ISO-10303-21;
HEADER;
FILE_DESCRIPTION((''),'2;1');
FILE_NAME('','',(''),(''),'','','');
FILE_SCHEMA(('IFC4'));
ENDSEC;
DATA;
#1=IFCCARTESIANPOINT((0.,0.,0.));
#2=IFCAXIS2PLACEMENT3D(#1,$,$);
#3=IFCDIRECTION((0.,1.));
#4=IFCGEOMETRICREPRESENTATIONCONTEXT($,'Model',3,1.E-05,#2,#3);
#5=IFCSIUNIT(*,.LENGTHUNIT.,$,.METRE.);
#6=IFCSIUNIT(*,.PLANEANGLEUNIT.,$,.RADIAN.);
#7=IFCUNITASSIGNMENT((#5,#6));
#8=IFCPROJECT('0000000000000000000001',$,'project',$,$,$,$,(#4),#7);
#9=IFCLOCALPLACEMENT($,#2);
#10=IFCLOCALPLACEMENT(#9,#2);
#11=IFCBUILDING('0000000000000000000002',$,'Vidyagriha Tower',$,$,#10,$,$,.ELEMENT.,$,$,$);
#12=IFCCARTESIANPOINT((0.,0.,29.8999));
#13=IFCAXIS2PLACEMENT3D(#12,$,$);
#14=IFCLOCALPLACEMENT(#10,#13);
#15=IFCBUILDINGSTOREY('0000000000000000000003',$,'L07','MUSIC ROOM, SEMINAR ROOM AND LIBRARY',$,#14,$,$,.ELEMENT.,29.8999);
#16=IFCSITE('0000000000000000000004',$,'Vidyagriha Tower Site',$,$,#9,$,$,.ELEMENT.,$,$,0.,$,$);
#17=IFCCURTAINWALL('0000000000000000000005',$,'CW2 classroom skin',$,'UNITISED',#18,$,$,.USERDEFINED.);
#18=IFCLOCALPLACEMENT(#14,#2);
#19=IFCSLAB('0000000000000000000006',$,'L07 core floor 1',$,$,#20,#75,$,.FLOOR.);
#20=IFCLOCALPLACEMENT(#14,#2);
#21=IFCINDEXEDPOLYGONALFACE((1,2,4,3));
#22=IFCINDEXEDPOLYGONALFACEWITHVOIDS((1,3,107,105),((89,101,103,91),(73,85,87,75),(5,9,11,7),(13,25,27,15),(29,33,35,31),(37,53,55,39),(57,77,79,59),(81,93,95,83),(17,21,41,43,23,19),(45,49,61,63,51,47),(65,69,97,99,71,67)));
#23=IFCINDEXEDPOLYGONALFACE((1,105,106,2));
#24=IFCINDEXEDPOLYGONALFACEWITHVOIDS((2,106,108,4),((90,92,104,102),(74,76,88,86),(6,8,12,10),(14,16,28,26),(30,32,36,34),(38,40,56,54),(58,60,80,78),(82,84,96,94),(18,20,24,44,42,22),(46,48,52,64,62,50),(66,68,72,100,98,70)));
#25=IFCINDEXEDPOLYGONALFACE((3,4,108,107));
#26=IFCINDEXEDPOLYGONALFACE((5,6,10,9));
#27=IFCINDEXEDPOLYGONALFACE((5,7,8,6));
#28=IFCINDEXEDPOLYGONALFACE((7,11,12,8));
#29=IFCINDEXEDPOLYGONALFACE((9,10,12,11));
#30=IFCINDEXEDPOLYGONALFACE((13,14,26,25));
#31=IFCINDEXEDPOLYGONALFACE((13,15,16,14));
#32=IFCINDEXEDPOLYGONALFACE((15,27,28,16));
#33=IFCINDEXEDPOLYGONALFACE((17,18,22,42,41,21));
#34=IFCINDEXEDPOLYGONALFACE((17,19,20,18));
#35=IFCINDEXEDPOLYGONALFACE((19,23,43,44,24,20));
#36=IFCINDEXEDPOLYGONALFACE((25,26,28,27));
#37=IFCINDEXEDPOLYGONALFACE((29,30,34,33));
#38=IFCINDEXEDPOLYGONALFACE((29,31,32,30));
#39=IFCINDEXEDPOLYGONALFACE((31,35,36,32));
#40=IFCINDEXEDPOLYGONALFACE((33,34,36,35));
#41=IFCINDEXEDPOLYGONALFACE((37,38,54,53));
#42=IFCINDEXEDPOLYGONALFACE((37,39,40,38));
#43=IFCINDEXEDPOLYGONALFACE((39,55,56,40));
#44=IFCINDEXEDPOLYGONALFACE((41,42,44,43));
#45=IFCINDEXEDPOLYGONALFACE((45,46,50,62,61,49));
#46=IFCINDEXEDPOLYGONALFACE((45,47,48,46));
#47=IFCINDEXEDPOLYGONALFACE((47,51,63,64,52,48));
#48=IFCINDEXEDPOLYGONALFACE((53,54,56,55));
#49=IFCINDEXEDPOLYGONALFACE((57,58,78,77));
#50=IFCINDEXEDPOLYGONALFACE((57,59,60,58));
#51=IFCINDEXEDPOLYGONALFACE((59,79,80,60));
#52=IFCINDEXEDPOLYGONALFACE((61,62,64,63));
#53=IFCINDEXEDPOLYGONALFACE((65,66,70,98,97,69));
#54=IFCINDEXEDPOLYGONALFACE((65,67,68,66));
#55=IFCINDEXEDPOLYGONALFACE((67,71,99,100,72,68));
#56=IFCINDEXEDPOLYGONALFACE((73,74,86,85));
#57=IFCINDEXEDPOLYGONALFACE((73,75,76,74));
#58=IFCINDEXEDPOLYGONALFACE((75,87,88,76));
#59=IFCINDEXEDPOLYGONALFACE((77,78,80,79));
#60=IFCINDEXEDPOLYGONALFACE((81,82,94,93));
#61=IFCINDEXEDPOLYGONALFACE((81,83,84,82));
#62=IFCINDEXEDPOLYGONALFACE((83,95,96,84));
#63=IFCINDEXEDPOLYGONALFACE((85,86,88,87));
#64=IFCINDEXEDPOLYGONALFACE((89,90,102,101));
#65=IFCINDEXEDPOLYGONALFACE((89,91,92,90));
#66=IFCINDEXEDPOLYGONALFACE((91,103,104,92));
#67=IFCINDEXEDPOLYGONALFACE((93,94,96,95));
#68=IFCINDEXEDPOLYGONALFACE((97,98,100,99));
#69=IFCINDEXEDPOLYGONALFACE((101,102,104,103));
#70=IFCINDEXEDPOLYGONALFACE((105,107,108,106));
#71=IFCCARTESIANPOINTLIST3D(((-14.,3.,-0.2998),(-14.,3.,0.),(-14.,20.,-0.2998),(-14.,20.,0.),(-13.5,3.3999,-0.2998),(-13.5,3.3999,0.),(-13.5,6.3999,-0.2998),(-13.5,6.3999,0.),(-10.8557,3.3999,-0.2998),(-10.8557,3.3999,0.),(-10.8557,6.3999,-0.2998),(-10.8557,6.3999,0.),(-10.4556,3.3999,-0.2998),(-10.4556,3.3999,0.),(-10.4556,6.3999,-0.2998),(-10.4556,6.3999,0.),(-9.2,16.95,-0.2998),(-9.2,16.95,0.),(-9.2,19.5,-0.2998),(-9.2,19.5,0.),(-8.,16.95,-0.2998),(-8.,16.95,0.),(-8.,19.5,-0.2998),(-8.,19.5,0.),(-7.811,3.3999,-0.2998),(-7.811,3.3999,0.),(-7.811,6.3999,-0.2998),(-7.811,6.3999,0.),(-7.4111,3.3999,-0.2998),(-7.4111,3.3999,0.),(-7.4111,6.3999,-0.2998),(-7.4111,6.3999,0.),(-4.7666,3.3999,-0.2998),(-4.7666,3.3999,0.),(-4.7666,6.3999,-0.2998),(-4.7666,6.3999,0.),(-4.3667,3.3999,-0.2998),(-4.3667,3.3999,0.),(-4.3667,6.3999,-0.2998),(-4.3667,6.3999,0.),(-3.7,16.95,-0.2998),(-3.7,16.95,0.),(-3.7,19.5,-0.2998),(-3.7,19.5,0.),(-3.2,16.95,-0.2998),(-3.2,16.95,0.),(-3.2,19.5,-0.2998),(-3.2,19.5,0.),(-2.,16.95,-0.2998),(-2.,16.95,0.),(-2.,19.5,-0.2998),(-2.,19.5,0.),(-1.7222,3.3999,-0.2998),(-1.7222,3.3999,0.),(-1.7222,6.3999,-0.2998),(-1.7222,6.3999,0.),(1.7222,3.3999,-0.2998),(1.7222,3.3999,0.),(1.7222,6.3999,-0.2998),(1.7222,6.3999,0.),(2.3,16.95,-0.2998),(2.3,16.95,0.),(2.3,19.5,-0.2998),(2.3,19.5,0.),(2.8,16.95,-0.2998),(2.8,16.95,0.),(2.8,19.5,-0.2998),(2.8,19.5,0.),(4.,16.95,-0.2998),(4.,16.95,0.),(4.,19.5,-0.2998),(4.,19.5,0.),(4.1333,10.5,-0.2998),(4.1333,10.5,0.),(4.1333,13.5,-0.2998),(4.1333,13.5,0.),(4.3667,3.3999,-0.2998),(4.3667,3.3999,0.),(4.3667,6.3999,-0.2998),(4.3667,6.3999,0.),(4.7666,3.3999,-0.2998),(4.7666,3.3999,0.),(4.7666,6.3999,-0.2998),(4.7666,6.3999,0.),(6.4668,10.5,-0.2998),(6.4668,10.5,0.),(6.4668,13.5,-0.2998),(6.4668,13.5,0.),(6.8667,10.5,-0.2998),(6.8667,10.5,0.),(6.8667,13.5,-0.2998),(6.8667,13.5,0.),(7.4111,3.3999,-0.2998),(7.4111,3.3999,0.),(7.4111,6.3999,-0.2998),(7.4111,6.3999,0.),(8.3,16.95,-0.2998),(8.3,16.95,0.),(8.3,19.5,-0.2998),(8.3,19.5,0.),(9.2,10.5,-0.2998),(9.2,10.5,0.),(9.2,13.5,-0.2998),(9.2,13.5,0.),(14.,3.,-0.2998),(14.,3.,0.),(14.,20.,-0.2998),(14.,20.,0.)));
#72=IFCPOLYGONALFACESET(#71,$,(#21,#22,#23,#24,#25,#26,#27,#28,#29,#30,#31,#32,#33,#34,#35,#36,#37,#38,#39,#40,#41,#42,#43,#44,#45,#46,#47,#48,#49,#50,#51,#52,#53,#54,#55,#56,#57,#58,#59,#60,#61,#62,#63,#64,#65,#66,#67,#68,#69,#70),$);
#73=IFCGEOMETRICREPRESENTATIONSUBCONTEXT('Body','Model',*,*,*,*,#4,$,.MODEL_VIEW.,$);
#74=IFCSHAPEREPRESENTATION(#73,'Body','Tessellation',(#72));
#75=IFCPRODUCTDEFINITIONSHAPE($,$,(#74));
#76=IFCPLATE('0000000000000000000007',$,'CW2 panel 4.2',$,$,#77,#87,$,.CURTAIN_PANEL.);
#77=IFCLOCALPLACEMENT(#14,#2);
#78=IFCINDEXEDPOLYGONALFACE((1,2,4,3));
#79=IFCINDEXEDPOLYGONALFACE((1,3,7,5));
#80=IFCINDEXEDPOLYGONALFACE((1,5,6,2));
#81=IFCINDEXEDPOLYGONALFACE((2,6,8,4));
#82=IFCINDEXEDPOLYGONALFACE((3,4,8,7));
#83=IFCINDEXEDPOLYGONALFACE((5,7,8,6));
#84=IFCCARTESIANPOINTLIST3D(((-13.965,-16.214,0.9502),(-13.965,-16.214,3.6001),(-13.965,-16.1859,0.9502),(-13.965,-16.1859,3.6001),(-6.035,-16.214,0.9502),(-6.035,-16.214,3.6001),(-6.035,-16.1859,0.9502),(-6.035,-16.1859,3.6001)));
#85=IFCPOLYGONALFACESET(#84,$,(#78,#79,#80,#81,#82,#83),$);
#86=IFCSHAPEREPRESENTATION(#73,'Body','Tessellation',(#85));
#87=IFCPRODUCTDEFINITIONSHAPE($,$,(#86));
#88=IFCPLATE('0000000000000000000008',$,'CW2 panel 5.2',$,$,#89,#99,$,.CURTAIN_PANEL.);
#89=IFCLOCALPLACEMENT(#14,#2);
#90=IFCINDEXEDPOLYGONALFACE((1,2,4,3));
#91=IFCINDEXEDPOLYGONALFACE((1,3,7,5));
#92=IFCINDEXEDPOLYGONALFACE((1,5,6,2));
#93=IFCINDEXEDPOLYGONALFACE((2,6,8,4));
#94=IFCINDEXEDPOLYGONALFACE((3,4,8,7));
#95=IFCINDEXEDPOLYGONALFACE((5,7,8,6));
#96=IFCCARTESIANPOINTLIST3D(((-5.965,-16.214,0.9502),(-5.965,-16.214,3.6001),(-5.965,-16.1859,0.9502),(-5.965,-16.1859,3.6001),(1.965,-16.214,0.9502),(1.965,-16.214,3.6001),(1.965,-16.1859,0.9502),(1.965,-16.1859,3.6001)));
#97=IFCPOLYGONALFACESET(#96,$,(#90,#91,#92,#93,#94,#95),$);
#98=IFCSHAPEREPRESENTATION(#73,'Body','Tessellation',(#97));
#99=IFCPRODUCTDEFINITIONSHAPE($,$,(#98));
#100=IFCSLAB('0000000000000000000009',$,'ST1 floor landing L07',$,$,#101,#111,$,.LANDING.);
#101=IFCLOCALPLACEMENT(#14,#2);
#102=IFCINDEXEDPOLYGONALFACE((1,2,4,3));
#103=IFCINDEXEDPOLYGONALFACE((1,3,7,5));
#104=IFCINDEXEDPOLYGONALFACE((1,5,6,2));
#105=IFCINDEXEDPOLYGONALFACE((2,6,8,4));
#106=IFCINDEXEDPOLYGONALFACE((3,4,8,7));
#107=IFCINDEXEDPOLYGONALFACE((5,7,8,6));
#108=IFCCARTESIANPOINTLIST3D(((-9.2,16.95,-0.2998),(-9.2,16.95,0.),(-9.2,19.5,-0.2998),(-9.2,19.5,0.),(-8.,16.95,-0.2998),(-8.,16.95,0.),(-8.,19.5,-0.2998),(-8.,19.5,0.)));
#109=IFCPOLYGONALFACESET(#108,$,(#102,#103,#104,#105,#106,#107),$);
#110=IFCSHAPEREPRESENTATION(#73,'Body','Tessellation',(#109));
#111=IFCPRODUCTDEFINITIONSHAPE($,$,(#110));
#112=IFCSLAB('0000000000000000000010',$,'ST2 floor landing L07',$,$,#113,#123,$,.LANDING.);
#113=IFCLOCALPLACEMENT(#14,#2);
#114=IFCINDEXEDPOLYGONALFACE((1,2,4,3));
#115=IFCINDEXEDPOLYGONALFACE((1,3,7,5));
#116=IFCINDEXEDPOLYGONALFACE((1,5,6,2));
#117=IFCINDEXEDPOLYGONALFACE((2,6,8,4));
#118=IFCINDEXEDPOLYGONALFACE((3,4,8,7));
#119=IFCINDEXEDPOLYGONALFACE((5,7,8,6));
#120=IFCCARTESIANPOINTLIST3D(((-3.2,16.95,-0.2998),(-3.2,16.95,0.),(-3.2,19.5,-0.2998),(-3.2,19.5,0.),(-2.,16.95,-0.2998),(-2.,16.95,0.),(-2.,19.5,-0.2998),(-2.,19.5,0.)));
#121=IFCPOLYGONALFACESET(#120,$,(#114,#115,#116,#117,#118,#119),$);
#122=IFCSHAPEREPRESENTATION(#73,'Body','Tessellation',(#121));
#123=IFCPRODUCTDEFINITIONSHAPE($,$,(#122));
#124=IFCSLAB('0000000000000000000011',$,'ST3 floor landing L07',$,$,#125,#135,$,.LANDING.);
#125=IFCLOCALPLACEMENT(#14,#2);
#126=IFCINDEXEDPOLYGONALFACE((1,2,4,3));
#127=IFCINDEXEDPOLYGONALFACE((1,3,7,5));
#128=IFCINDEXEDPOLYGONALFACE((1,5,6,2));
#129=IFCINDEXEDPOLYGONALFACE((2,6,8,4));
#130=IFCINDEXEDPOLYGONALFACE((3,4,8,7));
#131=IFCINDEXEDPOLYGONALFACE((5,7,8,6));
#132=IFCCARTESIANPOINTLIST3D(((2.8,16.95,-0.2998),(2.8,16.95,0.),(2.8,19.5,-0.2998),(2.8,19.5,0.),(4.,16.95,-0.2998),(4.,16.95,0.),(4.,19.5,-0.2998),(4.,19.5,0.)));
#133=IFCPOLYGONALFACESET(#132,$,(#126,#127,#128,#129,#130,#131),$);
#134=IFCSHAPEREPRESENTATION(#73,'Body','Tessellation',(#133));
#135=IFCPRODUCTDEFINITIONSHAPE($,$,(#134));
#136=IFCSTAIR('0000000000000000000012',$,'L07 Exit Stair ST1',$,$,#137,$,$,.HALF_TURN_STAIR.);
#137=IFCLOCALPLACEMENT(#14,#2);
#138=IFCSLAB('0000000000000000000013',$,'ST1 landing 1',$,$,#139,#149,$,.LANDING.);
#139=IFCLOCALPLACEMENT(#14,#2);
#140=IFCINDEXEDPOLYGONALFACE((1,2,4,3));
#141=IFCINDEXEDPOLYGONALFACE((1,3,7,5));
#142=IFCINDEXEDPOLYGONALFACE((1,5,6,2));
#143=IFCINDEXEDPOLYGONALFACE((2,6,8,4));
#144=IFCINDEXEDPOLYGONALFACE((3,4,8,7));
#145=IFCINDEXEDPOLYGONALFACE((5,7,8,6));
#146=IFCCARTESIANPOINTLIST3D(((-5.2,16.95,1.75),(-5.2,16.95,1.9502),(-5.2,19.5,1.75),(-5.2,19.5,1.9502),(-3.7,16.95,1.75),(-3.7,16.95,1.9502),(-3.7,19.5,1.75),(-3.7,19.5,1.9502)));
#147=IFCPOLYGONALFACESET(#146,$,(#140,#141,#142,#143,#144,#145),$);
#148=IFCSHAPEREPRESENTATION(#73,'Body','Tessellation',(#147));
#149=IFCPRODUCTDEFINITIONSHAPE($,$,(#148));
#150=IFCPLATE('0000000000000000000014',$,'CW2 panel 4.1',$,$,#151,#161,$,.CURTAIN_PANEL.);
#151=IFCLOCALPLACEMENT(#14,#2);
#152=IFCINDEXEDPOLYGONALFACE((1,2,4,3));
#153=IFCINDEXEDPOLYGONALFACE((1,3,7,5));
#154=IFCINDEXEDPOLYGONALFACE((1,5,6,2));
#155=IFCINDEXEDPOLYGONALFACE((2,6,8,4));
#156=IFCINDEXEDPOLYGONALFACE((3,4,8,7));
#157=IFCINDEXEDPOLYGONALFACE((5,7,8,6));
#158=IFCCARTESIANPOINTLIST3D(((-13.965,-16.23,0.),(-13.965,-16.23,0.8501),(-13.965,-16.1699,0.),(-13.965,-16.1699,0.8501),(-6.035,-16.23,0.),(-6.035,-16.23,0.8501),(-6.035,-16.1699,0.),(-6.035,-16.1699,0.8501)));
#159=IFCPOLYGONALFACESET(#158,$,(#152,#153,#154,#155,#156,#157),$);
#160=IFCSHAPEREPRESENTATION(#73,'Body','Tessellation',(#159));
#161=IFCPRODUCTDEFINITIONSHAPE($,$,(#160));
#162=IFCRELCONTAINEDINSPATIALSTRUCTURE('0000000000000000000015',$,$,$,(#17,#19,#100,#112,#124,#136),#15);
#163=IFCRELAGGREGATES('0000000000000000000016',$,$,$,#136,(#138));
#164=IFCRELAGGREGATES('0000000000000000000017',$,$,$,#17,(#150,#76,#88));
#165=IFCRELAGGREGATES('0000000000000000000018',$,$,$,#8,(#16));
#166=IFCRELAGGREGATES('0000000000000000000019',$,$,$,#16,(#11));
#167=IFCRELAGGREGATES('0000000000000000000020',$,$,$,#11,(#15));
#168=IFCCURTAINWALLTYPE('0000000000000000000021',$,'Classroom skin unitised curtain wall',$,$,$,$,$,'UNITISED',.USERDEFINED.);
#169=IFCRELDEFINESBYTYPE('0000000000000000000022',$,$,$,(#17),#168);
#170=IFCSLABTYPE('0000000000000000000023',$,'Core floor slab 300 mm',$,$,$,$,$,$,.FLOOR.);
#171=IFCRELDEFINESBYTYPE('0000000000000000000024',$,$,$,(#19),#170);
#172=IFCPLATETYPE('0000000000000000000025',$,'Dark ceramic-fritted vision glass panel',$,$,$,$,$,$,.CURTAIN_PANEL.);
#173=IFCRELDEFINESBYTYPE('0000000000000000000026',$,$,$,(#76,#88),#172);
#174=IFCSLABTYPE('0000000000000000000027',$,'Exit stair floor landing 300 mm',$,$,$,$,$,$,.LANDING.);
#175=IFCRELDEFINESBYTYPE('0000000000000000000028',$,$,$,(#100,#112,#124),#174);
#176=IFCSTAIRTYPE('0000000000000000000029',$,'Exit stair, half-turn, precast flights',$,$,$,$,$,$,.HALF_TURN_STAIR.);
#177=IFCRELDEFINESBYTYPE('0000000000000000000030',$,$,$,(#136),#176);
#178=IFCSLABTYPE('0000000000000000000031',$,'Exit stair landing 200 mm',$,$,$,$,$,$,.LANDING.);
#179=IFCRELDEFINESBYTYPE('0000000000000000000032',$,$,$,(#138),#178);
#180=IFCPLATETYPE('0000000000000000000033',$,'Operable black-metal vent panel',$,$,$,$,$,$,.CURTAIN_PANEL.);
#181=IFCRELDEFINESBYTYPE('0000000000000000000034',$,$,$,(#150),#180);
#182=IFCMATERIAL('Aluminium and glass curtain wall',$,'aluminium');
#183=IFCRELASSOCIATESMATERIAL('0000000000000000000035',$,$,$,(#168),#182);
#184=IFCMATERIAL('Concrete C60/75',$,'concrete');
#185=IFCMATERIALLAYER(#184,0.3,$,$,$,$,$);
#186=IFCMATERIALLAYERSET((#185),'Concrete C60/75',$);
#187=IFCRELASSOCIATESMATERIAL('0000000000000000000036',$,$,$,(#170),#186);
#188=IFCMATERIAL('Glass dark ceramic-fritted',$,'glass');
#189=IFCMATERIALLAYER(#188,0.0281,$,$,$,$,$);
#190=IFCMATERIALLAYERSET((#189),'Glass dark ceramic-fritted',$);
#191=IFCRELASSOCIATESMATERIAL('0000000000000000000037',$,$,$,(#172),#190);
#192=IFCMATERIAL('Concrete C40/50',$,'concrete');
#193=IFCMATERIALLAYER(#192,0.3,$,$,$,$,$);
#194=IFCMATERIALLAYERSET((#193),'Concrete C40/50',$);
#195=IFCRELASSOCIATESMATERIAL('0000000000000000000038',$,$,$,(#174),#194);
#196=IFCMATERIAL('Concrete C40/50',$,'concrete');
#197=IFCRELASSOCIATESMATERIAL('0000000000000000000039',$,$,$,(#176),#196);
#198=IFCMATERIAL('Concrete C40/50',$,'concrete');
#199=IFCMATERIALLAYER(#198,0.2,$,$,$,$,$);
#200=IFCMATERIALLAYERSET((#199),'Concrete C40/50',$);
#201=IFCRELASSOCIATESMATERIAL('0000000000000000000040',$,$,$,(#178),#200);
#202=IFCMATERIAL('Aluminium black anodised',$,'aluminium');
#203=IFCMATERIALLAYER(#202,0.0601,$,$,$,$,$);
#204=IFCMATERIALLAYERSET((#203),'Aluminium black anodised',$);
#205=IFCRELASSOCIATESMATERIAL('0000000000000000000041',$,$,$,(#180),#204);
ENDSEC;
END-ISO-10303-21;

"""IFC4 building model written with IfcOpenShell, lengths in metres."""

from ifc_helpers import new_model, si_unit, direction, frame, origin, origin_2d, place, context, subcontext, project, spatial, polyline, rectangle, outline, extrude, material, layer, layer_set, type_object, element, aggregate, save


model = new_model("IFC4")

# Units and contexts
model_context = context("Model", 3, precision=1e-05, world=origin(), true_north=direction((0.0, 1.0)))
body_context = subcontext(model_context, "Body", "Model", "MODEL_VIEW")
ifc_project = project(units=[si_unit("LENGTHUNIT", "METRE"), si_unit("PLANEANGLEUNIT", "RADIAN")], contexts=[model_context])

# Site, building, storey
site_placement = place(None, origin())
site = spatial("IfcSite", under=ifc_project, at=site_placement, Name="Vidyagriha Tower Site", CompositionType="ELEMENT", RefElevation=0.0)
building_placement = place(site_placement, origin())
building = spatial("IfcBuilding", under=site, at=building_placement, Name="Vidyagriha Tower", CompositionType="ELEMENT")
storey_placement = place(building_placement, frame((0.0, 0.0, 29.8999)))
storey = spatial("IfcBuildingStorey", under=building, at=storey_placement, Name="L07", Description="MUSIC ROOM, SEMINAR ROOM AND LIBRARY", CompositionType="ELEMENT", Elevation=29.8999)

# Curtain wall
ifc_material_1 = material(Name="Aluminium and glass curtain wall", Category="aluminium")
curtain_wall_type = type_object("IfcCurtainWallType", Name="Classroom skin unitised curtain wall", ElementType="UNITISED", PredefinedType="USERDEFINED", material=ifc_material_1)
curtain_wall_placement = place(storey_placement, origin())
curtain_wall = element("IfcCurtainWall", 1, at=curtain_wall_placement, inside=storey, type_object=curtain_wall_type, Name="CW2 classroom skin", ObjectType="UNITISED", PredefinedType="USERDEFINED")

# Slab
ifc_material_2 = material(Name="Concrete C60/75", Category="concrete")
ifc_layer_1 = layer(ifc_material_2, 0.3)
ifc_layer_set_1 = layer_set([ifc_layer_1], Name="Concrete C60/75")
slab_type_1 = type_object("IfcSlabType", Name="Core floor slab 300 mm", PredefinedType="FLOOR", material=ifc_layer_set_1)
slab_1_placement = place(storey_placement, frame((0.0, 0.0, -0.2998)))
element("IfcSlab", 2, at=slab_1_placement, inside=storey, type_object=slab_type_1, Name="L07 core floor 1", PredefinedType="FLOOR", context=body_context, shape_type="SweptSolid", body=[
    extrude(outline(polyline([(-14.0, 3.0), (-14.0, 20.0), (14.0, 20.0), (14.0, 3.0), (-14.0, 3.0)]), holes=[polyline([(9.2, 13.5), (6.8667, 13.5), (6.8667, 10.5), (9.2, 10.5), (9.2, 13.5)]), polyline([(4.0, 19.5), (2.8, 19.5), (2.8, 16.95), (4.0, 16.95), (8.3, 16.95), (8.3, 19.5), (4.0, 19.5)]), polyline([(7.4111, 6.3999), (4.7666, 6.3999), (4.7666, 3.3999), (7.4111, 3.3999), (7.4111, 6.3999)]), polyline([(6.4668, 13.5), (4.1333, 13.5), (4.1333, 10.5), (6.4668, 10.5), (6.4668, 13.5)]), polyline([(1.7222, 6.3999), (1.7222, 3.3999), (4.3667, 3.3999), (4.3667, 6.3999), (1.7222, 6.3999)]), polyline([(-2.0, 16.95), (2.3, 16.95), (2.3, 19.5), (-2.0, 19.5), (-3.2, 19.5), (-3.2, 16.95), (-2.0, 16.95)]), polyline([(-1.7222, 6.3999), (-4.3667, 6.3999), (-4.3667, 3.3999), (-1.7222, 3.3999), (-1.7222, 6.3999)]), polyline([(-8.0, 19.5), (-9.2, 19.5), (-9.2, 16.95), (-8.0, 16.95), (-3.7, 16.95), (-3.7, 19.5), (-8.0, 19.5)]), polyline([(-4.7666, 6.3999), (-7.4111, 6.3999), (-7.4111, 3.3999), (-4.7666, 3.3999), (-4.7666, 6.3999)]), polyline([(-7.811, 6.3999), (-10.4556, 6.3999), (-10.4556, 3.3999), (-7.811, 3.3999), (-7.811, 6.3999)]), polyline([(-13.5, 6.3999), (-13.5, 3.3999), (-10.8557, 3.3999), (-10.8557, 6.3999), (-13.5, 6.3999)])]), origin(), (0.0, 0.0, 1.0), 0.2998),
])

# Plates
ifc_material_3 = material(Name="Glass dark ceramic-fritted", Category="glass")
ifc_layer_2 = layer(ifc_material_3, 0.0281)
ifc_layer_set_2 = layer_set([ifc_layer_2], Name="Glass dark ceramic-fritted")
plate_type_1 = type_object("IfcPlateType", Name="Dark ceramic-fritted vision glass panel", PredefinedType="CURTAIN_PANEL", material=ifc_layer_set_2)
plate_1_placement = place(storey_placement, frame((-10.0, -16.2, 0.9502)))
plate_1 = element("IfcPlate", 3, at=plate_1_placement, type_object=plate_type_1, Name="CW2 panel 4.2", PredefinedType="CURTAIN_PANEL", context=body_context, shape_type="SweptSolid", body=[
    extrude(rectangle(XDim=7.9299, YDim=0.0281, at=origin_2d()), origin(), (0.0, 0.0, 1.0), 2.6499),
])
plate_2_placement = place(storey_placement, frame((-2.0, -16.2, 0.9502)))
plate_2 = element("IfcPlate", 4, at=plate_2_placement, type_object=plate_type_1, Name="CW2 panel 5.2", PredefinedType="CURTAIN_PANEL", context=body_context, shape_type="SweptSolid", body=[
    extrude(rectangle(XDim=7.9299, YDim=0.0281, at=origin_2d()), origin(), (0.0, 0.0, 1.0), 2.6499),
])

# Slabs
ifc_material_4 = material(Name="Concrete C40/50", Category="concrete")
ifc_layer_3 = layer(ifc_material_4, 0.3)
ifc_layer_set_3 = layer_set([ifc_layer_3], Name="Concrete C40/50")
slab_type_2 = type_object("IfcSlabType", Name="Exit stair floor landing 300 mm", PredefinedType="LANDING", material=ifc_layer_set_3)
slab_2_placement = place(storey_placement, frame((0.0, 0.0, -0.2998)))
element("IfcSlab", 5, at=slab_2_placement, inside=storey, type_object=slab_type_2, Name="ST1 floor landing L07", PredefinedType="LANDING", context=body_context, shape_type="SweptSolid", body=[
    extrude(outline(polyline([(-9.2, 16.95), (-8.0, 16.95), (-8.0, 19.5), (-9.2, 19.5), (-9.2, 16.95)])), origin(), (0.0, 0.0, 1.0), 0.2998),
])
slab_3_placement = place(storey_placement, frame((0.0, 0.0, -0.2998)))
element("IfcSlab", 6, at=slab_3_placement, inside=storey, type_object=slab_type_2, Name="ST2 floor landing L07", PredefinedType="LANDING", context=body_context, shape_type="SweptSolid", body=[
    extrude(outline(polyline([(-3.2, 16.95), (-2.0, 16.95), (-2.0, 19.5), (-3.2, 19.5), (-3.2, 16.95)])), origin(), (0.0, 0.0, 1.0), 0.2998),
])
slab_4_placement = place(storey_placement, frame((0.0, 0.0, -0.2998)))
element("IfcSlab", 7, at=slab_4_placement, inside=storey, type_object=slab_type_2, Name="ST3 floor landing L07", PredefinedType="LANDING", context=body_context, shape_type="SweptSolid", body=[
    extrude(outline(polyline([(2.8, 16.95), (4.0, 16.95), (4.0, 19.5), (2.8, 19.5), (2.8, 16.95)])), origin(), (0.0, 0.0, 1.0), 0.2998),
])

# Stair, slab
ifc_material_5 = material(Name="Concrete C40/50", Category="concrete")
stair_type = type_object("IfcStairType", Name="Exit stair, half-turn, precast flights", PredefinedType="HALF_TURN_STAIR", material=ifc_material_5)
stair_placement = place(storey_placement, origin())
stair = element("IfcStair", 8, at=stair_placement, inside=storey, type_object=stair_type, Name="L07 Exit Stair ST1", PredefinedType="HALF_TURN_STAIR")
ifc_material_6 = material(Name="Concrete C40/50", Category="concrete")
ifc_layer_4 = layer(ifc_material_6, 0.2)
ifc_layer_set_4 = layer_set([ifc_layer_4], Name="Concrete C40/50")
slab_type_3 = type_object("IfcSlabType", Name="Exit stair landing 200 mm", PredefinedType="LANDING", material=ifc_layer_set_4)
slab_5_placement = place(storey_placement, frame((0.0, 0.0, 1.75)))
slab_5 = element("IfcSlab", 9, at=slab_5_placement, type_object=slab_type_3, Name="ST1 landing 1", PredefinedType="LANDING", context=body_context, shape_type="SweptSolid", body=[
    extrude(outline(polyline([(-5.2, 16.95), (-3.7, 16.95), (-3.7, 19.5), (-5.2, 19.5), (-5.2, 16.95)])), origin(), (0.0, 0.0, 1.0), 0.2002),
])
aggregate(stair, [slab_5])

# Plate
ifc_material_7 = material(Name="Aluminium black anodised", Category="aluminium")
ifc_layer_5 = layer(ifc_material_7, 0.0601)
ifc_layer_set_5 = layer_set([ifc_layer_5], Name="Aluminium black anodised")
plate_type_2 = type_object("IfcPlateType", Name="Operable black-metal vent panel", PredefinedType="CURTAIN_PANEL", material=ifc_layer_set_5)
plate_3_placement = place(storey_placement, frame((-10.0, -16.2, 0.0)))
plate_3 = element("IfcPlate", 10, at=plate_3_placement, type_object=plate_type_2, Name="CW2 panel 4.1", PredefinedType="CURTAIN_PANEL", context=body_context, shape_type="SweptSolid", body=[
    extrude(rectangle(XDim=7.9299, YDim=0.0601, at=origin_2d()), origin(), (0.0, 0.0, 1.0), 0.8501),
])
aggregate(curtain_wall, [plate_3, plate_1, plate_2])

save(model, "model.ifc")
